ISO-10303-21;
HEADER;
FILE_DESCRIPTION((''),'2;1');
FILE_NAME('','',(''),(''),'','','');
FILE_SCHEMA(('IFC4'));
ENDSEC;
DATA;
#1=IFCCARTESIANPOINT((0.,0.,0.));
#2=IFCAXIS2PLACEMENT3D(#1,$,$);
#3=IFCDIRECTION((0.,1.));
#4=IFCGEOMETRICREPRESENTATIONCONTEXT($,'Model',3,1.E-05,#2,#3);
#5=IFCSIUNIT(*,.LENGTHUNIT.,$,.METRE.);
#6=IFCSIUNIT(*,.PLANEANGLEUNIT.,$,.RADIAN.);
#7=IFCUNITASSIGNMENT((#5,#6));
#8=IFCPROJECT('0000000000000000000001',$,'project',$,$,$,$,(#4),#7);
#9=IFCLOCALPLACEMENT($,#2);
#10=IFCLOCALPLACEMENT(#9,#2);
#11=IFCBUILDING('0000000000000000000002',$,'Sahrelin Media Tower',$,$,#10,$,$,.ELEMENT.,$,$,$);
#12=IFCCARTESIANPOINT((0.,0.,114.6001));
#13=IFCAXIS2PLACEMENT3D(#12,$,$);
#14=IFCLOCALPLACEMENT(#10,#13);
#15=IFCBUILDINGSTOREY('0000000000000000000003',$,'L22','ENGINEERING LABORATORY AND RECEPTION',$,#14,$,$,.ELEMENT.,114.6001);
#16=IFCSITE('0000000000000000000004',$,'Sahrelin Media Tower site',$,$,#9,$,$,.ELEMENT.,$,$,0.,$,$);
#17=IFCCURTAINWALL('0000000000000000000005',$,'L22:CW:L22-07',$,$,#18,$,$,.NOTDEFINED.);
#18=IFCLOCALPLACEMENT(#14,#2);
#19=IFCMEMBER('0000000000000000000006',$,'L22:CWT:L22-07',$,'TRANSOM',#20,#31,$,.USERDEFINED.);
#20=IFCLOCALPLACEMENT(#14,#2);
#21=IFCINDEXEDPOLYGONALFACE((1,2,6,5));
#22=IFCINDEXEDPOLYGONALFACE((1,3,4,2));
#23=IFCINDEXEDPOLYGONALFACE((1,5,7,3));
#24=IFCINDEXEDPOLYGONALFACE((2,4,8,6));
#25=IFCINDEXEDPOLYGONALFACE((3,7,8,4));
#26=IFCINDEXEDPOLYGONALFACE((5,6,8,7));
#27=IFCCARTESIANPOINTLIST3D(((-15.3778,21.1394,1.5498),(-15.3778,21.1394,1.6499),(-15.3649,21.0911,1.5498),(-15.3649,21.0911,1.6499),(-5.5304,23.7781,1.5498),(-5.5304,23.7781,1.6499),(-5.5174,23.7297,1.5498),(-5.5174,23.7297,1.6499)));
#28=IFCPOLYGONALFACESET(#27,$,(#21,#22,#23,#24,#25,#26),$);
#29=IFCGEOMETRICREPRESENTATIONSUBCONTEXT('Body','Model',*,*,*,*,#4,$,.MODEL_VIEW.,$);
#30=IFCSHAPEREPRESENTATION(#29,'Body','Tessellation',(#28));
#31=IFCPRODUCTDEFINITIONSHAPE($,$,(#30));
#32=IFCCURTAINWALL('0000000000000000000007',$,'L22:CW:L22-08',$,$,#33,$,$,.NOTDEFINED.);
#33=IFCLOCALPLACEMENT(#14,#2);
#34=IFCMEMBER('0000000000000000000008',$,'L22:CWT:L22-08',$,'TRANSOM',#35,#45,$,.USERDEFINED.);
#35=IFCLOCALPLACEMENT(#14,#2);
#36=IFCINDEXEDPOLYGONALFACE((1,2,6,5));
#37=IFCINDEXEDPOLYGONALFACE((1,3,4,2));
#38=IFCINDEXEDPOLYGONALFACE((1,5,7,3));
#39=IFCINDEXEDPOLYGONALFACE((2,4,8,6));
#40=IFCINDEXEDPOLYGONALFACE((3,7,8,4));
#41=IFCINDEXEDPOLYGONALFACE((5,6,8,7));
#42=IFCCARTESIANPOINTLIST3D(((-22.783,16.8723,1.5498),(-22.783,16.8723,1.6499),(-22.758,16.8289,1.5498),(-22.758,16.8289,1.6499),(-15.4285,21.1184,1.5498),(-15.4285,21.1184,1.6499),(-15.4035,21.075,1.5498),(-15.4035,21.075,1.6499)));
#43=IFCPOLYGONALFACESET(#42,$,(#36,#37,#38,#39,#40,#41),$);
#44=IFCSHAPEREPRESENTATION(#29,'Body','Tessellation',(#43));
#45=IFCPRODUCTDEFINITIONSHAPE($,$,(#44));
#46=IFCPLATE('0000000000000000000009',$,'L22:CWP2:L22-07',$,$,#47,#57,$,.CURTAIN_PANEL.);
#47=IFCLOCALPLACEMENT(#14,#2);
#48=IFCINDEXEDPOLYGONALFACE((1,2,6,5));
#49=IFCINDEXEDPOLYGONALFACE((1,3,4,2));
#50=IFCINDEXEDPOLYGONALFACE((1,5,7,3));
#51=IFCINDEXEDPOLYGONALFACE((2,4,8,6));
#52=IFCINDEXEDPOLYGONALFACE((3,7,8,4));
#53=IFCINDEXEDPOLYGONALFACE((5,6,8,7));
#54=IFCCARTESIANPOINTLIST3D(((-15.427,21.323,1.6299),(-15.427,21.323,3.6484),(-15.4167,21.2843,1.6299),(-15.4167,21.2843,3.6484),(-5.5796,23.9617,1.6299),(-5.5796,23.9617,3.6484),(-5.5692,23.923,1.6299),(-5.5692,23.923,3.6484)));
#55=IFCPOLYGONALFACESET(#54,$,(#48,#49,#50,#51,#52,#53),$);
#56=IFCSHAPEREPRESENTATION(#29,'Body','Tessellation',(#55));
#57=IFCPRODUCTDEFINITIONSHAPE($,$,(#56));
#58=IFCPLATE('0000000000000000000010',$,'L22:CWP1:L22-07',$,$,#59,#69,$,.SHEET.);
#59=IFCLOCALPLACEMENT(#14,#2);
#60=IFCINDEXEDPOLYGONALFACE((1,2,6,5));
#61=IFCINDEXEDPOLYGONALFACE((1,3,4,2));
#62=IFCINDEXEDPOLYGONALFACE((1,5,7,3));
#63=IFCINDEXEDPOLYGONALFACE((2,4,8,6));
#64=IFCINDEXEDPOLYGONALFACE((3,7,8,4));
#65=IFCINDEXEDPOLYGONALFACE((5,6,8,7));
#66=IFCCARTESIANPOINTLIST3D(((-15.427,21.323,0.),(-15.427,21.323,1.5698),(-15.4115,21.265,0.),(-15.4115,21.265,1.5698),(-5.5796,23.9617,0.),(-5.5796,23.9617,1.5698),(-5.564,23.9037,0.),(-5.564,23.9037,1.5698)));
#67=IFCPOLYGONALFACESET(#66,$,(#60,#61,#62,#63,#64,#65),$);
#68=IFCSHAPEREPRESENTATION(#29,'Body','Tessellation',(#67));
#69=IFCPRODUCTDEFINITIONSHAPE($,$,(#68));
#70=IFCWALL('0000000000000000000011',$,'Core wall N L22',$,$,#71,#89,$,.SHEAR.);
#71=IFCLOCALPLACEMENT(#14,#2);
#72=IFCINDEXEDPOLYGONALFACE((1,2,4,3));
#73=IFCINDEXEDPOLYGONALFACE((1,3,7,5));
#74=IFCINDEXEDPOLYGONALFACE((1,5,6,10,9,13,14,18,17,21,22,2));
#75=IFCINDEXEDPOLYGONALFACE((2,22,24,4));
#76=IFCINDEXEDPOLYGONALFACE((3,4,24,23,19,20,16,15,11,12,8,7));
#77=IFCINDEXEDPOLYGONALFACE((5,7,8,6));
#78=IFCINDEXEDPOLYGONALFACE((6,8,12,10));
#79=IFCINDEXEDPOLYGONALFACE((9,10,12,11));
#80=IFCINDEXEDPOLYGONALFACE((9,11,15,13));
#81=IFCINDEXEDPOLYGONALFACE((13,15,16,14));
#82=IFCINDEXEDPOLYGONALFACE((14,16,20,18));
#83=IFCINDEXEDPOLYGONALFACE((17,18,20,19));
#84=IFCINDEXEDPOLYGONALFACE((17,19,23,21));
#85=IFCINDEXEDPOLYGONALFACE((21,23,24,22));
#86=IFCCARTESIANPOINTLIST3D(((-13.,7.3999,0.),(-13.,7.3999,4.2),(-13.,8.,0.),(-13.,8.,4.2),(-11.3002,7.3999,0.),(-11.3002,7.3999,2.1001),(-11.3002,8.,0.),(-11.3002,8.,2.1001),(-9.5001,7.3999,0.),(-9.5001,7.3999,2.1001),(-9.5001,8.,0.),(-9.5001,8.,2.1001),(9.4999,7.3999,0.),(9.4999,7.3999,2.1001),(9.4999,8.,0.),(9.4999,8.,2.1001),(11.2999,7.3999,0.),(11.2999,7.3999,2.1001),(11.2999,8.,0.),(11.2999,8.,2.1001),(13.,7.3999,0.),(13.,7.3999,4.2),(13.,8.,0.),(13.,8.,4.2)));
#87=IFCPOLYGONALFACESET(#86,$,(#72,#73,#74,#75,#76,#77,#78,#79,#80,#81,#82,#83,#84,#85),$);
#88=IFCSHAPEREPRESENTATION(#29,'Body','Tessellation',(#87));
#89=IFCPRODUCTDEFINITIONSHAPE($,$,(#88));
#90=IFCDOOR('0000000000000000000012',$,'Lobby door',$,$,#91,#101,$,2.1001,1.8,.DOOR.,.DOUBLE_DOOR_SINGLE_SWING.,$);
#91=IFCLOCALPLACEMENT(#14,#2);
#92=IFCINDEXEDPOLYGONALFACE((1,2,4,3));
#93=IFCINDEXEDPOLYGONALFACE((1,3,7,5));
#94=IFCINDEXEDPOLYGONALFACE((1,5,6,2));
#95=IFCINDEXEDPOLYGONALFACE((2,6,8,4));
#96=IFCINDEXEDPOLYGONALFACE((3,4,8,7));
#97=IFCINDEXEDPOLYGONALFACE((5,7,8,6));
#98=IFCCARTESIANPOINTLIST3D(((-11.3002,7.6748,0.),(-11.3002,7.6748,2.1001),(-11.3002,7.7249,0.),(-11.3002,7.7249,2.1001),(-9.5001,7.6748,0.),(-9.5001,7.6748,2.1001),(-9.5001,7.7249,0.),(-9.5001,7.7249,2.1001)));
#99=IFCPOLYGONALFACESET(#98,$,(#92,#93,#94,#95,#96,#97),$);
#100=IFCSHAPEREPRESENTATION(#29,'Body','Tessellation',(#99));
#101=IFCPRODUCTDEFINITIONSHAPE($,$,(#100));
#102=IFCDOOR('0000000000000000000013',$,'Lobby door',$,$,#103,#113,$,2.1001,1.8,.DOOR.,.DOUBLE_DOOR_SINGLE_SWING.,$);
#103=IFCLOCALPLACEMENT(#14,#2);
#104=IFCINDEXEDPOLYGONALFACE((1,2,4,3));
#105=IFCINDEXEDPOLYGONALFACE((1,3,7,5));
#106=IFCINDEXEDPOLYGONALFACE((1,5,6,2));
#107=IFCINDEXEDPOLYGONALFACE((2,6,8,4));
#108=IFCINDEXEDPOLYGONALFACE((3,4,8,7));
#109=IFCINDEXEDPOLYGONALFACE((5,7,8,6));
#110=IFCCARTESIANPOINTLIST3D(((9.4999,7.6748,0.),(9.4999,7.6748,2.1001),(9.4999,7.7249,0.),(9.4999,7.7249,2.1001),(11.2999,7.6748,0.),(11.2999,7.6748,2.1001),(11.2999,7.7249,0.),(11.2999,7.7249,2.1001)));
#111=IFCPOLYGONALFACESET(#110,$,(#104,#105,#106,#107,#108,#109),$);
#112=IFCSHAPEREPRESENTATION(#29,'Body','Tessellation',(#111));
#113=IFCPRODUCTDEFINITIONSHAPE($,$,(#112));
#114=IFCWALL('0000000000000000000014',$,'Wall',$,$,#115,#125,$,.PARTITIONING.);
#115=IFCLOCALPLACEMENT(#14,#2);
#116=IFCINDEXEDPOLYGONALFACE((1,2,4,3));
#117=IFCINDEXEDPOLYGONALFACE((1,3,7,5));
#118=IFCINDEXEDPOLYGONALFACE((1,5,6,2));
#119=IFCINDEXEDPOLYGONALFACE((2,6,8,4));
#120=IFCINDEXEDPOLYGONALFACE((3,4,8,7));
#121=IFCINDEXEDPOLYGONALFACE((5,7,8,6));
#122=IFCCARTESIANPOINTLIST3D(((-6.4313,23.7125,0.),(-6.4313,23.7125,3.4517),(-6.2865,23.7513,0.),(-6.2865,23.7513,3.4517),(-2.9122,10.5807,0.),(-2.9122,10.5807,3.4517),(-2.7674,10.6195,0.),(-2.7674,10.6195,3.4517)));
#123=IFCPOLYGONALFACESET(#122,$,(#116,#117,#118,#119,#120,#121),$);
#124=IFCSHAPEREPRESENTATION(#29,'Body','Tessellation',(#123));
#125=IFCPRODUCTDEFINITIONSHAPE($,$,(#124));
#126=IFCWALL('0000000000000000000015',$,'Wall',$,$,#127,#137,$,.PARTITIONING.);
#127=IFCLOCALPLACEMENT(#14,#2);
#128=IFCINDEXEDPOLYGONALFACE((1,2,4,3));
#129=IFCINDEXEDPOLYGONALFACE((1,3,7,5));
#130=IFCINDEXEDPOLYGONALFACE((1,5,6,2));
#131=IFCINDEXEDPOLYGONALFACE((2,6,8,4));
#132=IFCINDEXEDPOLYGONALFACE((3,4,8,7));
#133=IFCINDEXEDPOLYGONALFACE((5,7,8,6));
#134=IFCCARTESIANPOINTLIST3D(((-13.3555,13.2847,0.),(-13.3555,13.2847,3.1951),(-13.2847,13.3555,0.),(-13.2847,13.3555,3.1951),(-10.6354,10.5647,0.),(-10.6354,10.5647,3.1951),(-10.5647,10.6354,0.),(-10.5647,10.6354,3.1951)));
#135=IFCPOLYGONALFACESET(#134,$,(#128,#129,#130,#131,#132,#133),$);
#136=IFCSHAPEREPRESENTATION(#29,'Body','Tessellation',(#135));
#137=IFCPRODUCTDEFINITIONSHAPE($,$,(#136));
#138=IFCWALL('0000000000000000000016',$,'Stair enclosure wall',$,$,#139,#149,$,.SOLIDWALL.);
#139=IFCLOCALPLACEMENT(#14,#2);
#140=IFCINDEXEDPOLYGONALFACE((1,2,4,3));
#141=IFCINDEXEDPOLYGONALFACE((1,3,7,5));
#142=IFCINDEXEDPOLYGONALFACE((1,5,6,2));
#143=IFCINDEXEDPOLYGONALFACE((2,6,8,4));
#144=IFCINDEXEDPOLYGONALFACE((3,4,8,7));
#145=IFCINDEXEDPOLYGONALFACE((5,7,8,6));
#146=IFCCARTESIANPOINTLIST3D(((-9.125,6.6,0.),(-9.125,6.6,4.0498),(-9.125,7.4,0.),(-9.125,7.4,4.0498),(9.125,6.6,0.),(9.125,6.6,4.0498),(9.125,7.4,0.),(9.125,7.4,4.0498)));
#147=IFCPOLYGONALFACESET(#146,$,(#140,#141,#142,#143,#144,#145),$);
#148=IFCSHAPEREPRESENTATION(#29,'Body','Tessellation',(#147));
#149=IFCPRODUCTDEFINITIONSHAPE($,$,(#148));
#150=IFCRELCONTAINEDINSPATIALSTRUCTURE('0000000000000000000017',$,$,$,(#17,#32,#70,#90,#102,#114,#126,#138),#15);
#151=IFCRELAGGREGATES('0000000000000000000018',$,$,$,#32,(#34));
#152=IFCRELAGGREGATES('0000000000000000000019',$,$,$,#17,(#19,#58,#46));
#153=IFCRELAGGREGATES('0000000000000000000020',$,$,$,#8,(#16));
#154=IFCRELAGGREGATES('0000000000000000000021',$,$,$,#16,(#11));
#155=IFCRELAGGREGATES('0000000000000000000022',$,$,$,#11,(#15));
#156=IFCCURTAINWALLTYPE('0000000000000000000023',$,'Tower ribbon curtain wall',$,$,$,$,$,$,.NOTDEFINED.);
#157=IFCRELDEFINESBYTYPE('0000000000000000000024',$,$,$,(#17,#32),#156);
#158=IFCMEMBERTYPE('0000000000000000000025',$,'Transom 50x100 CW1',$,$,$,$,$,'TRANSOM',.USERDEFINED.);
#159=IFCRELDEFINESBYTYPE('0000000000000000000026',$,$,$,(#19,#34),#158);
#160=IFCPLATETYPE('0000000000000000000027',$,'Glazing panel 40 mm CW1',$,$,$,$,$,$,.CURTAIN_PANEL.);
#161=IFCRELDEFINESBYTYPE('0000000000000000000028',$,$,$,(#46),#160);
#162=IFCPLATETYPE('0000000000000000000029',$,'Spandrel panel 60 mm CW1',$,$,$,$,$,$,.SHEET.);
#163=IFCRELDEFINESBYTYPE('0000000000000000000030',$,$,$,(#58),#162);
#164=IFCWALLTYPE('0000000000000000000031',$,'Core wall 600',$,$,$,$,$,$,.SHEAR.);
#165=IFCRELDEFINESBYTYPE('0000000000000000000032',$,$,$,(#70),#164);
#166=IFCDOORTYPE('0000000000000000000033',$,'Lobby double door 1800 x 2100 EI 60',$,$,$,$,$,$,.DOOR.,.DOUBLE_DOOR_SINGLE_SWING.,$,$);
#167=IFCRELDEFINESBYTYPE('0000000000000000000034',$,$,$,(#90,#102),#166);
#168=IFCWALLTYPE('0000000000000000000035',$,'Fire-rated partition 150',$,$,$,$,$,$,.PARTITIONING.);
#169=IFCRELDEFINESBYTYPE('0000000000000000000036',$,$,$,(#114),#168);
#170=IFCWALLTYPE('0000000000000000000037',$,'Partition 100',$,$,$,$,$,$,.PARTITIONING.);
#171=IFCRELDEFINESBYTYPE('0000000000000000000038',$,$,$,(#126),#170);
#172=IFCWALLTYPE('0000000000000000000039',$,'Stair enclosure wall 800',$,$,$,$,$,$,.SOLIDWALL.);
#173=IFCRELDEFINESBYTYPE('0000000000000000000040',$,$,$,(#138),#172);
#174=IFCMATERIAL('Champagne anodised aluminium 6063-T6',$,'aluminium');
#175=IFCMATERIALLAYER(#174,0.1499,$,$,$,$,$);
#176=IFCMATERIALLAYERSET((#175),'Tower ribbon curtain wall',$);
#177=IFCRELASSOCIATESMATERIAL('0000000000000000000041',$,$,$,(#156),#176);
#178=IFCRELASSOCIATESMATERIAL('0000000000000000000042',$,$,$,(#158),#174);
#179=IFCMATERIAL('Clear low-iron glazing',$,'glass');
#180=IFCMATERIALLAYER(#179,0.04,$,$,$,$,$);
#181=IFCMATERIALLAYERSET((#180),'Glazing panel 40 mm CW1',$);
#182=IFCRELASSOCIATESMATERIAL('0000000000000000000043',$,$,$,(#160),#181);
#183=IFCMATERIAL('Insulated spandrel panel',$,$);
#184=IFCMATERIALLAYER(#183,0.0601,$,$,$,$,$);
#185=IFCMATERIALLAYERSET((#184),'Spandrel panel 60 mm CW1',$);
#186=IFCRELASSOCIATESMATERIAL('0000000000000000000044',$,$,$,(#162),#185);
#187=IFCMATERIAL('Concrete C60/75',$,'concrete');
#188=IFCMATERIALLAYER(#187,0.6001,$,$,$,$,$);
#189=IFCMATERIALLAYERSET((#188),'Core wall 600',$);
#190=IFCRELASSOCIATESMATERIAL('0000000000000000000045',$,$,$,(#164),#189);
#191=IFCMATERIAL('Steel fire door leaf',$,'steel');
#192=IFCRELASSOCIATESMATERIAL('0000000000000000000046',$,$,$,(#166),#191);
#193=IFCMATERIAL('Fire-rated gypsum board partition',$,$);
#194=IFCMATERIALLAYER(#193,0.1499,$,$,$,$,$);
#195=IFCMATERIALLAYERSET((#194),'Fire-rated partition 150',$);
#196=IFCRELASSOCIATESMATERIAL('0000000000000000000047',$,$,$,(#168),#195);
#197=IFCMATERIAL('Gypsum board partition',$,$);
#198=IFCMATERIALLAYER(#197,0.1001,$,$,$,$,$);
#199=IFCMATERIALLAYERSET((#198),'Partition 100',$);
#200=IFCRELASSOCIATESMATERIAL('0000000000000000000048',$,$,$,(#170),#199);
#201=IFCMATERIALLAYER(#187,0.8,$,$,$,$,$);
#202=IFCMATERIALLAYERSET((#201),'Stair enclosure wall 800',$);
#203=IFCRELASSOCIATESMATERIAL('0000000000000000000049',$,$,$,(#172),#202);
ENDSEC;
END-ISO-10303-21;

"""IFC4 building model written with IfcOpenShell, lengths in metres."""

from ifc_helpers import new_model, si_unit, direction, frame, frame_2d, origin, origin_2d, place, context, subcontext, project, spatial, polyline, rectangle, outline, extrude, material, layer, layer_set, material_profile, profile_set, type_object, element, fill, aggregate, save


model = new_model("IFC4")

# Units and contexts
model_context = context("Model", 3, precision=1e-05, world=origin(), true_north=direction((0.0, 1.0)))
body_context = subcontext(model_context, "Body", "Model", "MODEL_VIEW")
ifc_project = project(units=[si_unit("LENGTHUNIT", "METRE"), si_unit("PLANEANGLEUNIT", "RADIAN")], contexts=[model_context])

# Site, building, storey
site_placement = place(None, origin())
site = spatial("IfcSite", under=ifc_project, at=site_placement, Name="Sahrelin Media Tower site", CompositionType="ELEMENT", RefElevation=0.0)
building_placement = place(site_placement, origin())
building = spatial("IfcBuilding", under=site, at=building_placement, Name="Sahrelin Media Tower", CompositionType="ELEMENT")
storey_placement = place(building_placement, frame((0.0, 0.0, 114.6001)))
storey = spatial("IfcBuildingStorey", under=building, at=storey_placement, Name="L22", Description="ENGINEERING LABORATORY AND RECEPTION", CompositionType="ELEMENT", Elevation=114.6001)

# Curtain wall
ifc_material_1 = material(Name="Champagne anodised aluminium 6063-T6", Category="aluminium")
ifc_layer_1 = layer(ifc_material_1, 0.1499)
ifc_layer_set_1 = layer_set([ifc_layer_1], Name="Tower ribbon curtain wall")
curtain_wall_type = type_object("IfcCurtainWallType", Name="Tower ribbon curtain wall", PredefinedType="NOTDEFINED", material=ifc_layer_set_1)
curtain_wall_1_placement = place(storey_placement, frame((-10.498, 22.6228, 0.0), z_axis=(0.0, 0.0, 1.0), x_axis=(1.0, 0.0, 0.0)))
curtain_wall_1 = element("IfcCurtainWall", 1, at=curtain_wall_1_placement, inside=storey, type_object=curtain_wall_type, Name="L22:CW:L22-07", PredefinedType="NOTDEFINED")

# Member
ifc_material_profile_1 = material_profile(ifc_material_1, rectangle(XDim=0.05, YDim=0.1001, at=origin_2d()), Name="Transom 50x100")
ifc_profile_set_1 = profile_set([ifc_material_profile_1], Name="Champagne anodised aluminium 6063-T6")
member_type_1 = type_object("IfcMemberType", Name="Transom 50x100 CW1", ElementType="TRANSOM", PredefinedType="USERDEFINED", material=ifc_profile_set_1)
member_1_placement = place(storey_placement, frame((-5.5239, 23.7539, 1.5999), z_axis=(-0.965924, -0.258825, 0.0), x_axis=(0.258825, -0.965924, 0.0)))
member_1 = element("IfcMember", 2, at=member_1_placement, type_object=member_type_1, Name="L22:CWT:L22-07", ObjectType="TRANSOM", PredefinedType="USERDEFINED", context=body_context, shape_type="SweptSolid", body=[
    extrude(rectangle(XDim=0.05, YDim=0.1001, at=origin_2d()), origin(), (0.0, 0.0, 1.0), 10.1948),
])

# Curtain wall, member
curtain_wall_2_placement = place(storey_placement, frame((-19.1907, 19.1426, 0.0), z_axis=(0.0, 0.0, 1.0), x_axis=(1.0, 0.0, 0.0)))
curtain_wall_2 = element("IfcCurtainWall", 3, at=curtain_wall_2_placement, inside=storey, type_object=curtain_wall_type, Name="L22:CW:L22-08", PredefinedType="NOTDEFINED")
member_2_placement = place(storey_placement, frame((-15.416, 21.0967, 1.5999), z_axis=(-0.866027, -0.499998, 0.0), x_axis=(0.499998, -0.866027, 0.0)))
member_2 = element("IfcMember", 4, at=member_2_placement, type_object=member_type_1, Name="L22:CWT:L22-08", ObjectType="TRANSOM", PredefinedType="USERDEFINED", context=body_context, shape_type="SweptSolid", body=[
    extrude(rectangle(XDim=0.05, YDim=0.1001, at=origin_2d()), origin(), (0.0, 0.0, 1.0), 8.4922),
])
aggregate(curtain_wall_2, [member_2])

# Plates
ifc_material_2 = material(Name="Clear low-iron glazing", Category="glass")
ifc_layer_2 = layer(ifc_material_2, 0.04)
ifc_layer_set_2 = layer_set([ifc_layer_2], Name="Glazing panel 40 mm CW1")
plate_type_1 = type_object("IfcPlateType", Name="Glazing panel 40 mm CW1", PredefinedType="CURTAIN_PANEL", material=ifc_layer_set_2)
plate_1_placement = place(storey_placement, frame((-5.5796, 23.9617, 1.6299), z_axis=(-0.258825, 0.965924, 0.0), x_axis=(-0.965924, -0.258825, 0.0)))
plate_1 = element("IfcPlate", 5, at=plate_1_placement, type_object=plate_type_1, Name="L22:CWP2:L22-07", PredefinedType="CURTAIN_PANEL", context=body_context, shape_type="SweptSolid", body=[
    extrude(outline(polyline([(0.0, 0.0), (10.1948, 0.0), (10.1948, 2.0186), (0.0, 2.0186), (0.0, 0.0)])), origin(), (0.0, 0.0, -1.0), 0.04),
])
ifc_material_3 = material(Name="Insulated spandrel panel")
ifc_layer_3 = layer(ifc_material_3, 0.0601)
ifc_layer_set_3 = layer_set([ifc_layer_3], Name="Spandrel panel 60 mm CW1")
plate_type_2 = type_object("IfcPlateType", Name="Spandrel panel 60 mm CW1", PredefinedType="SHEET", material=ifc_layer_set_3)
plate_2_placement = place(storey_placement, frame((-5.5796, 23.9617, 0.0), z_axis=(-0.258825, 0.965924, 0.0), x_axis=(-0.965924, -0.258825, 0.0)))
plate_2 = element("IfcPlate", 6, at=plate_2_placement, type_object=plate_type_2, Name="L22:CWP1:L22-07", PredefinedType="SHEET", context=body_context, shape_type="SweptSolid", body=[
    extrude(outline(polyline([(0.0, 0.0), (10.1948, 0.0), (10.1948, 1.5698), (0.0, 1.5698), (0.0, 0.0)])), origin(), (0.0, 0.0, -1.0), 0.0601),
])
aggregate(curtain_wall_1, [member_1, plate_2, plate_1])

# Wall, openings, doors
ifc_material_4 = material(Name="Concrete C60/75", Category="concrete")
ifc_layer_4 = layer(ifc_material_4, 0.6001)
ifc_layer_set_4 = layer_set([ifc_layer_4], Name="Core wall 600")
wall_type_1 = type_object("IfcWallType", Name="Core wall 600", PredefinedType="SHEAR", material=ifc_layer_set_4)
wall_1_placement = place(storey_placement, frame((-13.0, 7.7, 0.0), z_axis=(0.0, 0.0, 1.0), x_axis=(1.0, 0.0, 0.0)))
wall_1 = element("IfcWall", 7, at=wall_1_placement, inside=storey, type_object=wall_type_1, Name="Core wall N L22", PredefinedType="SHEAR", context=body_context, shape_type="SweptSolid", body=[
    extrude(rectangle(XDim=26.0, YDim=0.6001, at=frame_2d((13.0, 0.0))), origin(), (0.0, 0.0, 1.0), 4.2),
])
opening_1_placement = place(wall_1_placement, frame((1.7, 0.0, 0.0)))
opening_1 = element("IfcOpeningElement", 8, at=opening_1_placement, cuts=wall_1, PredefinedType="OPENING", context=body_context, shape_type="SweptSolid", body=[
    extrude(rectangle(XDim=1.8, YDim=2.1001, at=frame_2d((0.8999, 1.05))), frame((0.0, 0.3, 0.0), z_axis=(0.0, -1.0, 0.0), x_axis=(1.0, 0.0, 0.0)), (0.0, 0.0, 1.0), 0.6001),
])
opening_2_placement = place(wall_1_placement, frame((22.5, 0.0, 0.0)))
opening_2 = element("IfcOpeningElement", 9, at=opening_2_placement, cuts=wall_1, PredefinedType="OPENING", context=body_context, shape_type="SweptSolid", body=[
    extrude(rectangle(XDim=1.8, YDim=2.1001, at=frame_2d((0.8999, 1.05))), frame((0.0, 0.3, 0.0), z_axis=(0.0, -1.0, 0.0), x_axis=(1.0, 0.0, 0.0)), (0.0, 0.0, 1.0), 0.6001),
])
ifc_material_5 = material(Name="Steel fire door leaf", Category="steel")
door_type = type_object("IfcDoorType", Name="Lobby double door 1800 x 2100 EI 60", OperationType="DOUBLE_DOOR_SINGLE_SWING", PredefinedType="DOOR", material=ifc_material_5)
door_1_placement = place(opening_1_placement, origin())
door_1 = element("IfcDoor", 10, at=door_1_placement, inside=storey, type_object=door_type, Name="Lobby door", OperationType="DOUBLE_DOOR_SINGLE_SWING", OverallHeight=2.1001, OverallWidth=1.8, PredefinedType="DOOR", context=body_context, shape_type="SweptSolid", body=[
    extrude(rectangle(XDim=1.8, YDim=2.1001, at=frame_2d((0.8999, 1.05))), frame((0.0, 0.0249, 0.0), z_axis=(0.0, -1.0, 0.0), x_axis=(1.0, 0.0, 0.0)), (0.0, 0.0, 1.0), 0.05),
])
fill(opening_1, door_1)
door_2_placement = place(opening_2_placement, origin())
door_2 = element("IfcDoor", 11, at=door_2_placement, inside=storey, type_object=door_type, Name="Lobby door", OperationType="DOUBLE_DOOR_SINGLE_SWING", OverallHeight=2.1001, OverallWidth=1.8, PredefinedType="DOOR", context=body_context, shape_type="SweptSolid", body=[
    extrude(rectangle(XDim=1.8, YDim=2.1001, at=frame_2d((0.8999, 1.05))), frame((0.0, 0.0249, 0.0), z_axis=(0.0, -1.0, 0.0), x_axis=(1.0, 0.0, 0.0)), (0.0, 0.0, 1.0), 0.05),
])
fill(opening_2, door_2)

# Walls
ifc_material_6 = material(Name="Fire-rated gypsum board partition")
ifc_layer_5 = layer(ifc_material_6, 0.1499)
ifc_layer_set_5 = layer_set([ifc_layer_5], Name="Fire-rated partition 150")
wall_type_2 = type_object("IfcWallType", Name="Fire-rated partition 150", PredefinedType="PARTITIONING", material=ifc_layer_set_5)
wall_2_placement = place(storey_placement, frame((-6.3589, 23.7319, 0.0), z_axis=(0.0, 0.0, 1.0), x_axis=(0.258845, -0.965919, 0.0)))
element("IfcWall", 12, at=wall_2_placement, inside=storey, type_object=wall_type_2, Name="Wall", PredefinedType="PARTITIONING", context=body_context, shape_type="SweptSolid", body=[
    extrude(rectangle(XDim=13.5952, YDim=0.1499, at=frame_2d((6.7976, 0.0))), origin(), (0.0, 0.0, 1.0), 3.4517),
])
ifc_material_7 = material(Name="Gypsum board partition")
ifc_layer_6 = layer(ifc_material_7, 0.1001)
ifc_layer_set_6 = layer_set([ifc_layer_6], Name="Partition 100")
wall_type_3 = type_object("IfcWallType", Name="Partition 100", PredefinedType="PARTITIONING", material=ifc_layer_set_6)
wall_3_placement = place(storey_placement, frame((-13.3201, 13.3201, 0.0), z_axis=(0.0, 0.0, 1.0), x_axis=(0.707107, -0.707107, 0.0)))
element("IfcWall", 13, at=wall_3_placement, inside=storey, type_object=wall_type_3, Name="Wall", PredefinedType="PARTITIONING", context=body_context, shape_type="SweptSolid", body=[
    extrude(rectangle(XDim=3.8467, YDim=0.1001, at=frame_2d((1.9233, 0.0))), origin(), (0.0, 0.0, 1.0), 3.1951),
])
ifc_layer_7 = layer(ifc_material_4, 0.8)
ifc_layer_set_7 = layer_set([ifc_layer_7], Name="Stair enclosure wall 800")
wall_type_4 = type_object("IfcWallType", Name="Stair enclosure wall 800", PredefinedType="SOLIDWALL", material=ifc_layer_set_7)
wall_4_placement = place(storey_placement, frame((-9.125, 7.0, 0.0), z_axis=(0.0, 0.0, 1.0), x_axis=(1.0, 0.0, 0.0)))
element("IfcWall", 14, at=wall_4_placement, inside=storey, type_object=wall_type_4, Name="Stair enclosure wall", PredefinedType="SOLIDWALL", context=body_context, shape_type="SweptSolid", body=[
    extrude(rectangle(XDim=18.25, YDim=0.8, at=frame_2d((9.125, 0.0))), origin(), (0.0, 0.0, 1.0), 4.0498),
])

save(model, "model.ifc")
